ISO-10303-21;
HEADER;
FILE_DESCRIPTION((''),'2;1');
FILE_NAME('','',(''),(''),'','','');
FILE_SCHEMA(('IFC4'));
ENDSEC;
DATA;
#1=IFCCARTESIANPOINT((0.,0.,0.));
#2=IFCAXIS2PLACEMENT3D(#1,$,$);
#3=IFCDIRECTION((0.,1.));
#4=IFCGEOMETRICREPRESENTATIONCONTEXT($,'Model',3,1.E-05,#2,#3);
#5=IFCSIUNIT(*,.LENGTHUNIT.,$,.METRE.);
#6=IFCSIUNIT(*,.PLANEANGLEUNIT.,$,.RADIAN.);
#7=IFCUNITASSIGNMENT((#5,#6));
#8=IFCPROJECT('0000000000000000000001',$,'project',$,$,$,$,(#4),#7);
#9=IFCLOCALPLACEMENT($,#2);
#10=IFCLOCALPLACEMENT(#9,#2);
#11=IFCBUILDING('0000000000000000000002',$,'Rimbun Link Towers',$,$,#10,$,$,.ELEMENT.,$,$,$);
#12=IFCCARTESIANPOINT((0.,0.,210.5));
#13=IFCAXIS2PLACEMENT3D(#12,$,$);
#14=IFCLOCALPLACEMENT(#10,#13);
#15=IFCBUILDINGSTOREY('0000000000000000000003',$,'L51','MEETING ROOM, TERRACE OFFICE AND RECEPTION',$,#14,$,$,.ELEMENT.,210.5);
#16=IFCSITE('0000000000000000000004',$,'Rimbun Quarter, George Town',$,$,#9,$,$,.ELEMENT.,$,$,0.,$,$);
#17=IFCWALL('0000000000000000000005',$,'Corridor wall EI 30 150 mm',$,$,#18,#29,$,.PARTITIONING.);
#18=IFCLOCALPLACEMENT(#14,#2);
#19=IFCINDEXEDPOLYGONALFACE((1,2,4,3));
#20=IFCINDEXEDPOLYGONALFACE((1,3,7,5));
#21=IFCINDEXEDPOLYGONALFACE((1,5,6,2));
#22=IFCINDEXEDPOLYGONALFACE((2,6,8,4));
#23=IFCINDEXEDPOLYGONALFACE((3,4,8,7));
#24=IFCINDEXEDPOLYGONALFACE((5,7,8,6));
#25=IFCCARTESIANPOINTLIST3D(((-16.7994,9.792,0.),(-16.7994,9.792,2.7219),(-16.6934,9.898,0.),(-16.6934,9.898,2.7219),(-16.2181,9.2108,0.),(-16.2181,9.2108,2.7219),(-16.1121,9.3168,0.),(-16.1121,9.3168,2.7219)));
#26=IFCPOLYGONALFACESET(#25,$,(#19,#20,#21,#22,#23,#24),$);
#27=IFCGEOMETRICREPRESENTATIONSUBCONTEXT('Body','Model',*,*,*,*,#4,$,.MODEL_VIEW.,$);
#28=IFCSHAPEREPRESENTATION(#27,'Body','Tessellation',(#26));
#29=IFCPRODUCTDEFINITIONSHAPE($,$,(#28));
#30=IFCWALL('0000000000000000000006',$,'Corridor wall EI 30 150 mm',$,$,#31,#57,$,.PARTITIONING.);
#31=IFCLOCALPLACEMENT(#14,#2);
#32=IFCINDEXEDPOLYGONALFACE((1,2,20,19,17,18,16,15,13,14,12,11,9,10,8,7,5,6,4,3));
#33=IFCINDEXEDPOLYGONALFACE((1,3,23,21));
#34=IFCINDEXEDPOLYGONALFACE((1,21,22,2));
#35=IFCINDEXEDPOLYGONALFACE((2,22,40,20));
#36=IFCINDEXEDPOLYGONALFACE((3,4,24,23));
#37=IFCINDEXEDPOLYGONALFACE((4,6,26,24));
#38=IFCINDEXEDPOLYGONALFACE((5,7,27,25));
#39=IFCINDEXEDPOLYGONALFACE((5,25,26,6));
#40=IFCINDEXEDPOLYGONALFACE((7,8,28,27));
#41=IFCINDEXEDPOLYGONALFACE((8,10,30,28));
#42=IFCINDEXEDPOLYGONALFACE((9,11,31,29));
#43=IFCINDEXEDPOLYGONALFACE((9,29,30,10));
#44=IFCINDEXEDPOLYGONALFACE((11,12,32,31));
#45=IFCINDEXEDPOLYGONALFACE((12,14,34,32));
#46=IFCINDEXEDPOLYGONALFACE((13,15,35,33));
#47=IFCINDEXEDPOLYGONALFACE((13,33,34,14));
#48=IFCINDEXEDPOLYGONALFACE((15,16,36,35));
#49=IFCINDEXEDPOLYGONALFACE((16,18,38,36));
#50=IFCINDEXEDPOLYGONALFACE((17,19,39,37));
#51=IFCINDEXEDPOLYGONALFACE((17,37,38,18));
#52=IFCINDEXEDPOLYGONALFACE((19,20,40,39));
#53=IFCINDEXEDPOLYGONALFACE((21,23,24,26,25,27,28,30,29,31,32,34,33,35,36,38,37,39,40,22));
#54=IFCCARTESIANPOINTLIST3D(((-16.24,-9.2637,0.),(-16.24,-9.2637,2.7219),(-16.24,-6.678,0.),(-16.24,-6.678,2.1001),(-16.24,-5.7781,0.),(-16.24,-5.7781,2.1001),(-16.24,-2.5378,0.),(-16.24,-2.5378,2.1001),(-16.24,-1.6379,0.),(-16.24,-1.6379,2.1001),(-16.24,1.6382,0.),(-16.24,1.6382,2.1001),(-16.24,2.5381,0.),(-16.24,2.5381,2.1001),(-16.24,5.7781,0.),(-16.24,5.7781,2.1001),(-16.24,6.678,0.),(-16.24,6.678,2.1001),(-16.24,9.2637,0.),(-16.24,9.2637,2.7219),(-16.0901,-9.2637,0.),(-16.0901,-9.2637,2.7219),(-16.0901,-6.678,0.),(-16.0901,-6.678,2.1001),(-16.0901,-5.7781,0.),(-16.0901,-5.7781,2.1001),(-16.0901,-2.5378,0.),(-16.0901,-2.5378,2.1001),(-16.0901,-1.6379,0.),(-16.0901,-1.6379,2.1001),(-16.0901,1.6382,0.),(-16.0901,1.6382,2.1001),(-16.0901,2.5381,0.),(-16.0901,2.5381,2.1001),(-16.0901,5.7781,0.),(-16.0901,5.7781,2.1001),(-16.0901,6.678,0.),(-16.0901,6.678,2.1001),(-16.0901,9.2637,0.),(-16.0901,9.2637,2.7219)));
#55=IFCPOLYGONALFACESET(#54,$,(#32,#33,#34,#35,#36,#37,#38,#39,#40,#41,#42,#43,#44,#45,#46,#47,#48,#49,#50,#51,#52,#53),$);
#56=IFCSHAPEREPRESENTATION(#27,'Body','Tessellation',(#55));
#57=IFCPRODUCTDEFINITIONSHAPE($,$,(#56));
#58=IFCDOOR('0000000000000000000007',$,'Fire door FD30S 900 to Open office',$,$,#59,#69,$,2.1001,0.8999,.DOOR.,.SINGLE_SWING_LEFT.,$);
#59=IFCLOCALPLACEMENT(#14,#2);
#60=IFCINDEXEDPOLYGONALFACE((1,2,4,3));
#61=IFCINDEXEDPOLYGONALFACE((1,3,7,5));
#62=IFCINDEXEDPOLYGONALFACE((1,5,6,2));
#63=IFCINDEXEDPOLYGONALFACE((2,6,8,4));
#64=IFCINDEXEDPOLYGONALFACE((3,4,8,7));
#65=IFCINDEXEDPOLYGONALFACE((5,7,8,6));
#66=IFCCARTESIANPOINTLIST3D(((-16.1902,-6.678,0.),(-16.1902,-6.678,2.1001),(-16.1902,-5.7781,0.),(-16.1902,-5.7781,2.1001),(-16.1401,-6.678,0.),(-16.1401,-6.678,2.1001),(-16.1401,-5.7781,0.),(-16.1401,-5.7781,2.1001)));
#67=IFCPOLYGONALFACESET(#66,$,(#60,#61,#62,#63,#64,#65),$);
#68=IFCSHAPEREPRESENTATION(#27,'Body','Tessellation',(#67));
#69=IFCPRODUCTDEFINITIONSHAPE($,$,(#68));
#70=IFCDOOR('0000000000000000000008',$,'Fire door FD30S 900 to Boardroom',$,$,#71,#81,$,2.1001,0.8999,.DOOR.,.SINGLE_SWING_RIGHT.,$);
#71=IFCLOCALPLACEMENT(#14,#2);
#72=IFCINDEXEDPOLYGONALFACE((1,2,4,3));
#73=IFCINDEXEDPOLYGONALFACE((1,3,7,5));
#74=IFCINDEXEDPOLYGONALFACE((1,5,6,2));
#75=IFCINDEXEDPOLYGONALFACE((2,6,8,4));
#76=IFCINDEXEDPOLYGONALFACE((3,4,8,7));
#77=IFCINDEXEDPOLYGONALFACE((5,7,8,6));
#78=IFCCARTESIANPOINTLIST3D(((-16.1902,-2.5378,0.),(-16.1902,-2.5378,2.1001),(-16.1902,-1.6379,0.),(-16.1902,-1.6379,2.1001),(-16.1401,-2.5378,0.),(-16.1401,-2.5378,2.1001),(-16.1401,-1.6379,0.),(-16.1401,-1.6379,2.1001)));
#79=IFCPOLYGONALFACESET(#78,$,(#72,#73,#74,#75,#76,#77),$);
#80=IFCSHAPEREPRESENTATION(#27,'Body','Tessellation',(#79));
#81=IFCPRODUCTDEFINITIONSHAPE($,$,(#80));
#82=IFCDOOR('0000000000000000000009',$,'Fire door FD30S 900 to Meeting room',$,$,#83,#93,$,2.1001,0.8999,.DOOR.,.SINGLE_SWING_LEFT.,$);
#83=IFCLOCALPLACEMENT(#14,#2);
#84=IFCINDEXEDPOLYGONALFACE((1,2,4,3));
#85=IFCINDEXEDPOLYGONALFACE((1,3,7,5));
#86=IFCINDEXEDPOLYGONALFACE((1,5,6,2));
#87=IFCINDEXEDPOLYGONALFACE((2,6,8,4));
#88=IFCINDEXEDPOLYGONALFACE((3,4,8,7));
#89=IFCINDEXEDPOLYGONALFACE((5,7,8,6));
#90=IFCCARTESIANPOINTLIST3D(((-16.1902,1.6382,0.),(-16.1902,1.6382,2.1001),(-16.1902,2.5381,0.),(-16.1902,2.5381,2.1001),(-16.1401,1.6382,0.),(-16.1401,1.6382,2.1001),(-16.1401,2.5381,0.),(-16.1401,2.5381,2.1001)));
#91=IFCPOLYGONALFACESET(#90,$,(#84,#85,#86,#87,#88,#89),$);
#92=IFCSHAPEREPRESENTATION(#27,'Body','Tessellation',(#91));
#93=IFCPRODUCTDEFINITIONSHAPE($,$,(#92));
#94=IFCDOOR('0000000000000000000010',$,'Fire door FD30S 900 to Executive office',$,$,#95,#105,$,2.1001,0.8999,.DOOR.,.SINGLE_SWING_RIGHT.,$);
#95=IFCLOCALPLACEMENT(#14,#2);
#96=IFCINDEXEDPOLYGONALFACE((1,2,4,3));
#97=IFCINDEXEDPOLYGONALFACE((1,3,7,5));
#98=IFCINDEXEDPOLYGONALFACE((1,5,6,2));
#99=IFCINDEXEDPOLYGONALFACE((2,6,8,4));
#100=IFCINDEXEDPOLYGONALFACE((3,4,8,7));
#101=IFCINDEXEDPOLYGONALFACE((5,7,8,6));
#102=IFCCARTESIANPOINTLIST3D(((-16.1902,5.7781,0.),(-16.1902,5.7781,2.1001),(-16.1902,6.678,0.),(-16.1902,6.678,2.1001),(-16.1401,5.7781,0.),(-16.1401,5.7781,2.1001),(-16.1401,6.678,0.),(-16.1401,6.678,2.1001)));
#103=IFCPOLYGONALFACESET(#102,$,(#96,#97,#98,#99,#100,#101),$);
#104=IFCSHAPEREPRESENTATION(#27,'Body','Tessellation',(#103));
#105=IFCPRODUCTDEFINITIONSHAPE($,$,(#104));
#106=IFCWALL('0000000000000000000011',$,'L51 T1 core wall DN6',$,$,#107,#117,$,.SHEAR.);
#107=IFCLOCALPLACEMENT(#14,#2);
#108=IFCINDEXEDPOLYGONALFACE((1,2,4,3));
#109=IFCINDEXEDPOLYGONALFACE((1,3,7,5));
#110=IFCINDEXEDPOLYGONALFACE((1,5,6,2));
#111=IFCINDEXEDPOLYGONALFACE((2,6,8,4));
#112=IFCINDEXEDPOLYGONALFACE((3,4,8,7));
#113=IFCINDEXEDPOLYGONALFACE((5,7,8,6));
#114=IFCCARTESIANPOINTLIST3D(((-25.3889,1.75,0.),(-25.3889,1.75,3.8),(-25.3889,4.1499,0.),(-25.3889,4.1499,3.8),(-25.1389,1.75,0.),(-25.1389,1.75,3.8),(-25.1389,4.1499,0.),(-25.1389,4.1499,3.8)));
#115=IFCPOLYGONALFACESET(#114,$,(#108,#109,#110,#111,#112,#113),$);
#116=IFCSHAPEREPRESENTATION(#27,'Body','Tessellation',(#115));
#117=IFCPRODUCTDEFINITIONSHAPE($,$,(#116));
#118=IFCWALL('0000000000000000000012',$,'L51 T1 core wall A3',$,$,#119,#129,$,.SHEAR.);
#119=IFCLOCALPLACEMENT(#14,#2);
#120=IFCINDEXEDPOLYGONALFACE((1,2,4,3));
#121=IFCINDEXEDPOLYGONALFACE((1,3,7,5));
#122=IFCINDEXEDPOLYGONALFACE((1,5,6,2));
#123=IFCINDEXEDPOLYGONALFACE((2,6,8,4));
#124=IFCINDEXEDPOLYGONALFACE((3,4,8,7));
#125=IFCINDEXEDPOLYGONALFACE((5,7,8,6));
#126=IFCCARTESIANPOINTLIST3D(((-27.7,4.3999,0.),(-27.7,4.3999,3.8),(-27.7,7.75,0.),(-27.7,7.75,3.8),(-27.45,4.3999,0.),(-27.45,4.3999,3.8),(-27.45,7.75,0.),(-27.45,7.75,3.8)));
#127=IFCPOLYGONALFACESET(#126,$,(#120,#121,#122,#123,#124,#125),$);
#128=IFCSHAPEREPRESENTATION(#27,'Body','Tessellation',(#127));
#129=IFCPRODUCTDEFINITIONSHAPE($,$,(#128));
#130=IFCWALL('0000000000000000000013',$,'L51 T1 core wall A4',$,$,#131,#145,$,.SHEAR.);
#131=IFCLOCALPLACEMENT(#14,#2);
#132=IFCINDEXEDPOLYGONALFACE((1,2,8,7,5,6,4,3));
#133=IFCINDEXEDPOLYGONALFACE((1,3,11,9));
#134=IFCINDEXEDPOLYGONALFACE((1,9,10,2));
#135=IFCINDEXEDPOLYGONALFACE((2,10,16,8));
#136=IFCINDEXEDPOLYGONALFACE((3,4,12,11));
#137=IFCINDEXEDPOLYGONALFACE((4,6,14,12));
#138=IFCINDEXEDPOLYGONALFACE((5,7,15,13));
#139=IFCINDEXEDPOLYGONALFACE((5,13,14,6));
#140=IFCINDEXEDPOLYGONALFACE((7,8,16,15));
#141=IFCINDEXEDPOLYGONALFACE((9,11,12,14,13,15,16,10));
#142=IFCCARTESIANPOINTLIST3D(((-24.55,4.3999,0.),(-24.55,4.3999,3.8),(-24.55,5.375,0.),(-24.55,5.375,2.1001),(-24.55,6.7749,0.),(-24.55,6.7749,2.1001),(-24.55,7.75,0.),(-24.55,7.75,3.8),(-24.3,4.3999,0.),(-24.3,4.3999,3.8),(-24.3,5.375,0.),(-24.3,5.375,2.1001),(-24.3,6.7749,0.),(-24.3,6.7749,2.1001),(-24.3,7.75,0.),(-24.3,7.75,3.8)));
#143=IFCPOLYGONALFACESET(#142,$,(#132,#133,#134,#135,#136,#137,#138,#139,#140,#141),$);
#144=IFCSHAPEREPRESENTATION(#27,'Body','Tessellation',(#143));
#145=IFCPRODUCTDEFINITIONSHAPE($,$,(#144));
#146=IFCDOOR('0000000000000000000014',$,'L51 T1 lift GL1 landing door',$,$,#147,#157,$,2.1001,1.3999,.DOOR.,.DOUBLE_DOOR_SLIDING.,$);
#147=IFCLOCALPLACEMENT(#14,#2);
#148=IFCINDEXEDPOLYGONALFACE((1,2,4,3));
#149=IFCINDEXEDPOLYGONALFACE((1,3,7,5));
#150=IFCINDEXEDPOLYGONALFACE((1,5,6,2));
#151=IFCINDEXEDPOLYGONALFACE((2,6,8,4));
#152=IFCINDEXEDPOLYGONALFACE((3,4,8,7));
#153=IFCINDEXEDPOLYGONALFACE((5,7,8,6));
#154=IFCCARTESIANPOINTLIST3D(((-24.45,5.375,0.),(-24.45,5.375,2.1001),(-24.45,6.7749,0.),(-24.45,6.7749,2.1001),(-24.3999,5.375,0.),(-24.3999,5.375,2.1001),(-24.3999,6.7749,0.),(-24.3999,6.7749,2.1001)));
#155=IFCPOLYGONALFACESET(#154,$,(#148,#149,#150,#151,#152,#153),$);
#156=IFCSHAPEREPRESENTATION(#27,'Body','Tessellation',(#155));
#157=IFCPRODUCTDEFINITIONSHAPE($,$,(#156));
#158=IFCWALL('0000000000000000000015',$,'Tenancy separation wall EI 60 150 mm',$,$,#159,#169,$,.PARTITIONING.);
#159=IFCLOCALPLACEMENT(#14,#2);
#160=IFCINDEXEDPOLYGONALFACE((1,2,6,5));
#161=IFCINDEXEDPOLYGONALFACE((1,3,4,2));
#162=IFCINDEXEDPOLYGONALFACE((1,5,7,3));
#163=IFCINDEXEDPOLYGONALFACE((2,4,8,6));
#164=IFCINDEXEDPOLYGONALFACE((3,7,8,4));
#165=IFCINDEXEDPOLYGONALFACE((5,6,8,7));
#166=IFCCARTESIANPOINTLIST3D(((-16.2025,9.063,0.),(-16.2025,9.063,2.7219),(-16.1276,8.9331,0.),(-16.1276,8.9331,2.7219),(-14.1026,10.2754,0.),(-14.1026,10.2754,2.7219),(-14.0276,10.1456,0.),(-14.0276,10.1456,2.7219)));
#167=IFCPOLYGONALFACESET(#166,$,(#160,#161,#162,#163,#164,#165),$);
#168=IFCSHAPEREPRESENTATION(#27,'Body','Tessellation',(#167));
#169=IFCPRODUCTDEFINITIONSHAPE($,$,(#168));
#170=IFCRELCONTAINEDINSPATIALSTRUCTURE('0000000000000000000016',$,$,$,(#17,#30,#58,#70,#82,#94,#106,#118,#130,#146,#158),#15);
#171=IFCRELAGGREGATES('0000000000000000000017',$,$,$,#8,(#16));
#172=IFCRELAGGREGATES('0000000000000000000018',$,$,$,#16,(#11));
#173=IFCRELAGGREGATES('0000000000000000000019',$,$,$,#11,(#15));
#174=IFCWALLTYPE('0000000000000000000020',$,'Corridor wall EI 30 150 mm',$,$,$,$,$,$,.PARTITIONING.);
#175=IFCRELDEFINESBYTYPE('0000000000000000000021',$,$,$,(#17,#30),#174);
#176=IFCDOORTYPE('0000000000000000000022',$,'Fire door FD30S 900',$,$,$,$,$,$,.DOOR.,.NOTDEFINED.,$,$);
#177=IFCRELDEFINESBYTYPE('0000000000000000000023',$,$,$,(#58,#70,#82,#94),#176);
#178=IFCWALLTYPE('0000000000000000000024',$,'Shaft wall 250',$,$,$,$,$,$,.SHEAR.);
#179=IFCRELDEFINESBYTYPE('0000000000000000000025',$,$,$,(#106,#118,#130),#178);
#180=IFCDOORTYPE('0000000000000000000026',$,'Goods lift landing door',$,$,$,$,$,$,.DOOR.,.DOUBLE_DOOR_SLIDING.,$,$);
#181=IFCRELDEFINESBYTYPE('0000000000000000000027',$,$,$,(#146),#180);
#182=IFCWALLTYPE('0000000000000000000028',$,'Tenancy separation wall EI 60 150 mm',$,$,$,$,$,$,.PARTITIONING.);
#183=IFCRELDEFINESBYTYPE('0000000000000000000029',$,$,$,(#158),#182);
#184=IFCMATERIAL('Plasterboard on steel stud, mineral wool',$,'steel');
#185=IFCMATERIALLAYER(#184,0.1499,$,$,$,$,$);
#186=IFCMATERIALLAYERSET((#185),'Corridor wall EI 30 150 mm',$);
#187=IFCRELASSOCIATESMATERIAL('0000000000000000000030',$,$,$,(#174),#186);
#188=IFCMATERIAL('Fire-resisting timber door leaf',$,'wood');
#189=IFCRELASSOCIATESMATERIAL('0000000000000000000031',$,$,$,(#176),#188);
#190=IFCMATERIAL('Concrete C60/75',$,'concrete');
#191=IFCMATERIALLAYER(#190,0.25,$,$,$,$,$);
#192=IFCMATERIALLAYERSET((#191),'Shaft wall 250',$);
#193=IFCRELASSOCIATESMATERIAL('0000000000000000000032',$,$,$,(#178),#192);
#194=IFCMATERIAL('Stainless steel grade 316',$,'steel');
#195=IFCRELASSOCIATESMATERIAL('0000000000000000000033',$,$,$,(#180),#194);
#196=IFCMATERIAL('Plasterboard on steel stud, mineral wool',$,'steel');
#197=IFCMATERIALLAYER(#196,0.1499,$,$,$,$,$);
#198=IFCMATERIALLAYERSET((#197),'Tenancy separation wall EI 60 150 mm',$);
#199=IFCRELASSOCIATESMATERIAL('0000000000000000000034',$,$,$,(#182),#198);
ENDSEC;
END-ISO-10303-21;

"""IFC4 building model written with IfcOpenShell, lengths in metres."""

from ifc_helpers import new_model, si_unit, direction, frame, frame_2d, origin, place, context, subcontext, project, spatial, rectangle, extrude, material, layer, layer_set, type_object, element, fill, save


model = new_model("IFC4")

# Units and contexts
model_context = context("Model", 3, precision=1e-05, world=origin(), true_north=direction((0.0, 1.0)))
body_context = subcontext(model_context, "Body", "Model", "MODEL_VIEW")
ifc_project = project(units=[si_unit("LENGTHUNIT", "METRE"), si_unit("PLANEANGLEUNIT", "RADIAN")], contexts=[model_context])

# Site, building, storey
site_placement = place(None, origin())
site = spatial("IfcSite", under=ifc_project, at=site_placement, Name="Rimbun Quarter, George Town", CompositionType="ELEMENT", RefElevation=0.0)
building_placement = place(site_placement, origin())
building = spatial("IfcBuilding", under=site, at=building_placement, Name="Rimbun Link Towers", CompositionType="ELEMENT")
storey_placement = place(building_placement, frame((0.0, 0.0, 210.5)))
storey = spatial("IfcBuildingStorey", under=building, at=storey_placement, Name="L51", Description="MEETING ROOM, TERRACE OFFICE AND RECEPTION", CompositionType="ELEMENT", Elevation=210.5)

# Wall
ifc_material_1 = material(Name="Plasterboard on steel stud, mineral wool", Category="steel")
ifc_layer_1 = layer(ifc_material_1, 0.1499)
ifc_layer_set_1 = layer_set([ifc_layer_1], Name="Corridor wall EI 30 150 mm")
wall_type_1 = type_object("IfcWallType", Name="Corridor wall EI 30 150 mm", PredefinedType="PARTITIONING", material=ifc_layer_set_1)
wall_1_placement = place(storey_placement, frame((-16.165, 9.2637, 0.0), z_axis=(0.0, 0.0, 1.0), x_axis=(-0.707107, 0.707107, 0.0)))
element("IfcWall", 1, at=wall_1_placement, inside=storey, type_object=wall_type_1, Name="Corridor wall EI 30 150 mm", PredefinedType="PARTITIONING", context=body_context, shape_type="SweptSolid", body=[
    extrude(rectangle(XDim=0.822, YDim=0.1499, at=frame_2d((0.4111, 0.0))), origin(), (0.0, 0.0, 1.0), 2.7219),
])

# Wall, openings, doors
wall_2_placement = place(storey_placement, frame((-16.165, 9.2637, 0.0), z_axis=(0.0, 0.0, 1.0), x_axis=(0.0, -1.0, 0.0)))
wall_2 = element("IfcWall", 2, at=wall_2_placement, inside=storey, type_object=wall_type_1, Name="Corridor wall EI 30 150 mm", PredefinedType="PARTITIONING", context=body_context, shape_type="SweptSolid", body=[
    extrude(rectangle(XDim=18.5273, YDim=0.1499, at=frame_2d((9.2637, 0.0))), origin(), (0.0, 0.0, 1.0), 2.7219),
])
opening_1_placement = place(wall_2_placement, frame((15.0417, 0.0, 0.0)))
opening_1 = element("IfcOpeningElement", 3, at=opening_1_placement, cuts=wall_2, PredefinedType="OPENING", context=body_context, shape_type="SweptSolid", body=[
    extrude(rectangle(XDim=0.8999, YDim=2.1001, at=frame_2d((0.45, 1.05))), frame((0.0, 0.085, 0.0), z_axis=(0.0, -1.0, 0.0), x_axis=(1.0, 0.0, 0.0)), (0.0, 0.0, 1.0), 0.1699),
])
opening_2_placement = place(wall_2_placement, frame((10.9016, 0.0, 0.0)))
opening_2 = element("IfcOpeningElement", 4, at=opening_2_placement, cuts=wall_2, PredefinedType="OPENING", context=body_context, shape_type="SweptSolid", body=[
    extrude(rectangle(XDim=0.8999, YDim=2.1001, at=frame_2d((0.45, 1.05))), frame((0.0, 0.085, 0.0), z_axis=(0.0, -1.0, 0.0), x_axis=(1.0, 0.0, 0.0)), (0.0, 0.0, 1.0), 0.1699),
])
opening_3_placement = place(wall_2_placement, frame((6.7256, 0.0, 0.0)))
opening_3 = element("IfcOpeningElement", 5, at=opening_3_placement, cuts=wall_2, PredefinedType="OPENING", context=body_context, shape_type="SweptSolid", body=[
    extrude(rectangle(XDim=0.8999, YDim=2.1001, at=frame_2d((0.45, 1.05))), frame((0.0, 0.085, 0.0), z_axis=(0.0, -1.0, 0.0), x_axis=(1.0, 0.0, 0.0)), (0.0, 0.0, 1.0), 0.1699),
])
opening_4_placement = place(wall_2_placement, frame((2.5857, 0.0, 0.0)))
opening_4 = element("IfcOpeningElement", 6, at=opening_4_placement, cuts=wall_2, PredefinedType="OPENING", context=body_context, shape_type="SweptSolid", body=[
    extrude(rectangle(XDim=0.8999, YDim=2.1001, at=frame_2d((0.45, 1.05))), frame((0.0, 0.085, 0.0), z_axis=(0.0, -1.0, 0.0), x_axis=(1.0, 0.0, 0.0)), (0.0, 0.0, 1.0), 0.1699),
])
ifc_material_2 = material(Name="Fire-resisting timber door leaf", Category="wood")
door_type_1 = type_object("IfcDoorType", Name="Fire door FD30S 900", OperationType="NOTDEFINED", PredefinedType="DOOR", material=ifc_material_2)
door_1_placement = place(opening_1_placement, origin())
door_1 = element("IfcDoor", 7, at=door_1_placement, inside=storey, type_object=door_type_1, Name="Fire door FD30S 900 to Open office", OperationType="SINGLE_SWING_LEFT", OverallHeight=2.1001, OverallWidth=0.8999, PredefinedType="DOOR", context=body_context, shape_type="SweptSolid", body=[
    extrude(rectangle(XDim=0.8999, YDim=2.1001, at=frame_2d((0.45, 1.05))), frame((0.0, 0.0249, 0.0), z_axis=(0.0, -1.0, 0.0), x_axis=(1.0, 0.0, 0.0)), (0.0, 0.0, 1.0), 0.05),
])
fill(opening_1, door_1)
door_2_placement = place(opening_2_placement, origin())
door_2 = element("IfcDoor", 8, at=door_2_placement, inside=storey, type_object=door_type_1, Name="Fire door FD30S 900 to Boardroom", OperationType="SINGLE_SWING_RIGHT", OverallHeight=2.1001, OverallWidth=0.8999, PredefinedType="DOOR", context=body_context, shape_type="SweptSolid", body=[
    extrude(rectangle(XDim=0.8999, YDim=2.1001, at=frame_2d((0.45, 1.05))), frame((0.0, 0.0249, 0.0), z_axis=(0.0, -1.0, 0.0), x_axis=(1.0, 0.0, 0.0)), (0.0, 0.0, 1.0), 0.05),
])
fill(opening_2, door_2)
door_3_placement = place(opening_3_placement, origin())
door_3 = element("IfcDoor", 9, at=door_3_placement, inside=storey, type_object=door_type_1, Name="Fire door FD30S 900 to Meeting room", OperationType="SINGLE_SWING_LEFT", OverallHeight=2.1001, OverallWidth=0.8999, PredefinedType="DOOR", context=body_context, shape_type="SweptSolid", body=[
    extrude(rectangle(XDim=0.8999, YDim=2.1001, at=frame_2d((0.45, 1.05))), frame((0.0, 0.0249, 0.0), z_axis=(0.0, -1.0, 0.0), x_axis=(1.0, 0.0, 0.0)), (0.0, 0.0, 1.0), 0.05),
])
fill(opening_3, door_3)
door_4_placement = place(opening_4_placement, origin())
door_4 = element("IfcDoor", 10, at=door_4_placement, inside=storey, type_object=door_type_1, Name="Fire door FD30S 900 to Executive office", OperationType="SINGLE_SWING_RIGHT", OverallHeight=2.1001, OverallWidth=0.8999, PredefinedType="DOOR", context=body_context, shape_type="SweptSolid", body=[
    extrude(rectangle(XDim=0.8999, YDim=2.1001, at=frame_2d((0.45, 1.05))), frame((0.0, 0.0249, 0.0), z_axis=(0.0, -1.0, 0.0), x_axis=(1.0, 0.0, 0.0)), (0.0, 0.0, 1.0), 0.05),
])
fill(opening_4, door_4)

# Walls
ifc_material_3 = material(Name="Concrete C60/75", Category="concrete")
ifc_layer_2 = layer(ifc_material_3, 0.25)
ifc_layer_set_2 = layer_set([ifc_layer_2], Name="Shaft wall 250")
wall_type_2 = type_object("IfcWallType", Name="Shaft wall 250", PredefinedType="SHEAR", material=ifc_layer_set_2)
wall_3_placement = place(storey_placement, frame((-25.2639, 1.75, 0.0), z_axis=(0.0, 0.0, 1.0), x_axis=(0.0, 1.0, 0.0)))
element("IfcWall", 11, at=wall_3_placement, inside=storey, type_object=wall_type_2, Name="L51 T1 core wall DN6", PredefinedType="SHEAR", context=body_context, shape_type="SweptSolid", body=[
    extrude(rectangle(XDim=2.3999, YDim=0.25, at=frame_2d((1.2, 0.0))), origin(), (0.0, 0.0, 1.0), 3.8),
])
wall_4_placement = place(storey_placement, frame((-27.575, 4.3999, 0.0), z_axis=(0.0, 0.0, 1.0), x_axis=(0.0, 1.0, 0.0)))
element("IfcWall", 12, at=wall_4_placement, inside=storey, type_object=wall_type_2, Name="L51 T1 core wall A3", PredefinedType="SHEAR", context=body_context, shape_type="SweptSolid", body=[
    extrude(rectangle(XDim=3.3501, YDim=0.25, at=frame_2d((1.675, 0.0))), origin(), (0.0, 0.0, 1.0), 3.8),
])

# Wall, opening, door
wall_5_placement = place(storey_placement, frame((-24.425, 4.3999, 0.0), z_axis=(0.0, 0.0, 1.0), x_axis=(0.0, 1.0, 0.0)))
wall_5 = element("IfcWall", 13, at=wall_5_placement, inside=storey, type_object=wall_type_2, Name="L51 T1 core wall A4", PredefinedType="SHEAR", context=body_context, shape_type="SweptSolid", body=[
    extrude(rectangle(XDim=3.3501, YDim=0.25, at=frame_2d((1.675, 0.0))), origin(), (0.0, 0.0, 1.0), 3.8),
])
opening_5_placement = place(wall_5_placement, frame((0.9751, 0.0, 0.0)))
opening_5 = element("IfcOpeningElement", 14, at=opening_5_placement, cuts=wall_5, PredefinedType="OPENING", context=body_context, shape_type="SweptSolid", body=[
    extrude(rectangle(XDim=1.3999, YDim=2.1001, at=frame_2d((0.7, 1.05))), frame((0.0, 0.135, 0.0), z_axis=(0.0, -1.0, 0.0), x_axis=(1.0, 0.0, 0.0)), (0.0, 0.0, 1.0), 0.27),
])
ifc_material_4 = material(Name="Stainless steel grade 316", Category="steel")
door_type_2 = type_object("IfcDoorType", Name="Goods lift landing door", OperationType="DOUBLE_DOOR_SLIDING", PredefinedType="DOOR", material=ifc_material_4)
door_5_placement = place(opening_5_placement, origin())
door_5 = element("IfcDoor", 15, at=door_5_placement, inside=storey, type_object=door_type_2, Name="L51 T1 lift GL1 landing door", OperationType="DOUBLE_DOOR_SLIDING", OverallHeight=2.1001, OverallWidth=1.3999, PredefinedType="DOOR", context=body_context, shape_type="SweptSolid", body=[
    extrude(rectangle(XDim=1.3999, YDim=2.1001, at=frame_2d((0.7, 1.05))), frame((0.0, 0.0249, 0.0), z_axis=(0.0, -1.0, 0.0), x_axis=(1.0, 0.0, 0.0)), (0.0, 0.0, 1.0), 0.05),
])
fill(opening_5, door_5)

# Wall
ifc_material_5 = material(Name="Plasterboard on steel stud, mineral wool", Category="steel")
ifc_layer_3 = layer(ifc_material_5, 0.1499)
ifc_layer_set_3 = layer_set([ifc_layer_3], Name="Tenancy separation wall EI 60 150 mm")
wall_type_3 = type_object("IfcWallType", Name="Tenancy separation wall EI 60 150 mm", PredefinedType="PARTITIONING", material=ifc_layer_set_3)
wall_6_placement = place(storey_placement, frame((-16.165, 8.998, 0.0), z_axis=(0.0, 0.0, 1.0), x_axis=(0.866016, 0.500016, 0.0)))
element("IfcWall", 16, at=wall_6_placement, inside=storey, type_object=wall_type_3, Name="Tenancy separation wall EI 60 150 mm", PredefinedType="PARTITIONING", context=body_context, shape_type="SweptSolid", body=[
    extrude(rectangle(XDim=2.4248, YDim=0.1499, at=frame_2d((1.2124, 0.0))), origin(), (0.0, 0.0, 1.0), 2.7219),
])

save(model, "model.ifc")
